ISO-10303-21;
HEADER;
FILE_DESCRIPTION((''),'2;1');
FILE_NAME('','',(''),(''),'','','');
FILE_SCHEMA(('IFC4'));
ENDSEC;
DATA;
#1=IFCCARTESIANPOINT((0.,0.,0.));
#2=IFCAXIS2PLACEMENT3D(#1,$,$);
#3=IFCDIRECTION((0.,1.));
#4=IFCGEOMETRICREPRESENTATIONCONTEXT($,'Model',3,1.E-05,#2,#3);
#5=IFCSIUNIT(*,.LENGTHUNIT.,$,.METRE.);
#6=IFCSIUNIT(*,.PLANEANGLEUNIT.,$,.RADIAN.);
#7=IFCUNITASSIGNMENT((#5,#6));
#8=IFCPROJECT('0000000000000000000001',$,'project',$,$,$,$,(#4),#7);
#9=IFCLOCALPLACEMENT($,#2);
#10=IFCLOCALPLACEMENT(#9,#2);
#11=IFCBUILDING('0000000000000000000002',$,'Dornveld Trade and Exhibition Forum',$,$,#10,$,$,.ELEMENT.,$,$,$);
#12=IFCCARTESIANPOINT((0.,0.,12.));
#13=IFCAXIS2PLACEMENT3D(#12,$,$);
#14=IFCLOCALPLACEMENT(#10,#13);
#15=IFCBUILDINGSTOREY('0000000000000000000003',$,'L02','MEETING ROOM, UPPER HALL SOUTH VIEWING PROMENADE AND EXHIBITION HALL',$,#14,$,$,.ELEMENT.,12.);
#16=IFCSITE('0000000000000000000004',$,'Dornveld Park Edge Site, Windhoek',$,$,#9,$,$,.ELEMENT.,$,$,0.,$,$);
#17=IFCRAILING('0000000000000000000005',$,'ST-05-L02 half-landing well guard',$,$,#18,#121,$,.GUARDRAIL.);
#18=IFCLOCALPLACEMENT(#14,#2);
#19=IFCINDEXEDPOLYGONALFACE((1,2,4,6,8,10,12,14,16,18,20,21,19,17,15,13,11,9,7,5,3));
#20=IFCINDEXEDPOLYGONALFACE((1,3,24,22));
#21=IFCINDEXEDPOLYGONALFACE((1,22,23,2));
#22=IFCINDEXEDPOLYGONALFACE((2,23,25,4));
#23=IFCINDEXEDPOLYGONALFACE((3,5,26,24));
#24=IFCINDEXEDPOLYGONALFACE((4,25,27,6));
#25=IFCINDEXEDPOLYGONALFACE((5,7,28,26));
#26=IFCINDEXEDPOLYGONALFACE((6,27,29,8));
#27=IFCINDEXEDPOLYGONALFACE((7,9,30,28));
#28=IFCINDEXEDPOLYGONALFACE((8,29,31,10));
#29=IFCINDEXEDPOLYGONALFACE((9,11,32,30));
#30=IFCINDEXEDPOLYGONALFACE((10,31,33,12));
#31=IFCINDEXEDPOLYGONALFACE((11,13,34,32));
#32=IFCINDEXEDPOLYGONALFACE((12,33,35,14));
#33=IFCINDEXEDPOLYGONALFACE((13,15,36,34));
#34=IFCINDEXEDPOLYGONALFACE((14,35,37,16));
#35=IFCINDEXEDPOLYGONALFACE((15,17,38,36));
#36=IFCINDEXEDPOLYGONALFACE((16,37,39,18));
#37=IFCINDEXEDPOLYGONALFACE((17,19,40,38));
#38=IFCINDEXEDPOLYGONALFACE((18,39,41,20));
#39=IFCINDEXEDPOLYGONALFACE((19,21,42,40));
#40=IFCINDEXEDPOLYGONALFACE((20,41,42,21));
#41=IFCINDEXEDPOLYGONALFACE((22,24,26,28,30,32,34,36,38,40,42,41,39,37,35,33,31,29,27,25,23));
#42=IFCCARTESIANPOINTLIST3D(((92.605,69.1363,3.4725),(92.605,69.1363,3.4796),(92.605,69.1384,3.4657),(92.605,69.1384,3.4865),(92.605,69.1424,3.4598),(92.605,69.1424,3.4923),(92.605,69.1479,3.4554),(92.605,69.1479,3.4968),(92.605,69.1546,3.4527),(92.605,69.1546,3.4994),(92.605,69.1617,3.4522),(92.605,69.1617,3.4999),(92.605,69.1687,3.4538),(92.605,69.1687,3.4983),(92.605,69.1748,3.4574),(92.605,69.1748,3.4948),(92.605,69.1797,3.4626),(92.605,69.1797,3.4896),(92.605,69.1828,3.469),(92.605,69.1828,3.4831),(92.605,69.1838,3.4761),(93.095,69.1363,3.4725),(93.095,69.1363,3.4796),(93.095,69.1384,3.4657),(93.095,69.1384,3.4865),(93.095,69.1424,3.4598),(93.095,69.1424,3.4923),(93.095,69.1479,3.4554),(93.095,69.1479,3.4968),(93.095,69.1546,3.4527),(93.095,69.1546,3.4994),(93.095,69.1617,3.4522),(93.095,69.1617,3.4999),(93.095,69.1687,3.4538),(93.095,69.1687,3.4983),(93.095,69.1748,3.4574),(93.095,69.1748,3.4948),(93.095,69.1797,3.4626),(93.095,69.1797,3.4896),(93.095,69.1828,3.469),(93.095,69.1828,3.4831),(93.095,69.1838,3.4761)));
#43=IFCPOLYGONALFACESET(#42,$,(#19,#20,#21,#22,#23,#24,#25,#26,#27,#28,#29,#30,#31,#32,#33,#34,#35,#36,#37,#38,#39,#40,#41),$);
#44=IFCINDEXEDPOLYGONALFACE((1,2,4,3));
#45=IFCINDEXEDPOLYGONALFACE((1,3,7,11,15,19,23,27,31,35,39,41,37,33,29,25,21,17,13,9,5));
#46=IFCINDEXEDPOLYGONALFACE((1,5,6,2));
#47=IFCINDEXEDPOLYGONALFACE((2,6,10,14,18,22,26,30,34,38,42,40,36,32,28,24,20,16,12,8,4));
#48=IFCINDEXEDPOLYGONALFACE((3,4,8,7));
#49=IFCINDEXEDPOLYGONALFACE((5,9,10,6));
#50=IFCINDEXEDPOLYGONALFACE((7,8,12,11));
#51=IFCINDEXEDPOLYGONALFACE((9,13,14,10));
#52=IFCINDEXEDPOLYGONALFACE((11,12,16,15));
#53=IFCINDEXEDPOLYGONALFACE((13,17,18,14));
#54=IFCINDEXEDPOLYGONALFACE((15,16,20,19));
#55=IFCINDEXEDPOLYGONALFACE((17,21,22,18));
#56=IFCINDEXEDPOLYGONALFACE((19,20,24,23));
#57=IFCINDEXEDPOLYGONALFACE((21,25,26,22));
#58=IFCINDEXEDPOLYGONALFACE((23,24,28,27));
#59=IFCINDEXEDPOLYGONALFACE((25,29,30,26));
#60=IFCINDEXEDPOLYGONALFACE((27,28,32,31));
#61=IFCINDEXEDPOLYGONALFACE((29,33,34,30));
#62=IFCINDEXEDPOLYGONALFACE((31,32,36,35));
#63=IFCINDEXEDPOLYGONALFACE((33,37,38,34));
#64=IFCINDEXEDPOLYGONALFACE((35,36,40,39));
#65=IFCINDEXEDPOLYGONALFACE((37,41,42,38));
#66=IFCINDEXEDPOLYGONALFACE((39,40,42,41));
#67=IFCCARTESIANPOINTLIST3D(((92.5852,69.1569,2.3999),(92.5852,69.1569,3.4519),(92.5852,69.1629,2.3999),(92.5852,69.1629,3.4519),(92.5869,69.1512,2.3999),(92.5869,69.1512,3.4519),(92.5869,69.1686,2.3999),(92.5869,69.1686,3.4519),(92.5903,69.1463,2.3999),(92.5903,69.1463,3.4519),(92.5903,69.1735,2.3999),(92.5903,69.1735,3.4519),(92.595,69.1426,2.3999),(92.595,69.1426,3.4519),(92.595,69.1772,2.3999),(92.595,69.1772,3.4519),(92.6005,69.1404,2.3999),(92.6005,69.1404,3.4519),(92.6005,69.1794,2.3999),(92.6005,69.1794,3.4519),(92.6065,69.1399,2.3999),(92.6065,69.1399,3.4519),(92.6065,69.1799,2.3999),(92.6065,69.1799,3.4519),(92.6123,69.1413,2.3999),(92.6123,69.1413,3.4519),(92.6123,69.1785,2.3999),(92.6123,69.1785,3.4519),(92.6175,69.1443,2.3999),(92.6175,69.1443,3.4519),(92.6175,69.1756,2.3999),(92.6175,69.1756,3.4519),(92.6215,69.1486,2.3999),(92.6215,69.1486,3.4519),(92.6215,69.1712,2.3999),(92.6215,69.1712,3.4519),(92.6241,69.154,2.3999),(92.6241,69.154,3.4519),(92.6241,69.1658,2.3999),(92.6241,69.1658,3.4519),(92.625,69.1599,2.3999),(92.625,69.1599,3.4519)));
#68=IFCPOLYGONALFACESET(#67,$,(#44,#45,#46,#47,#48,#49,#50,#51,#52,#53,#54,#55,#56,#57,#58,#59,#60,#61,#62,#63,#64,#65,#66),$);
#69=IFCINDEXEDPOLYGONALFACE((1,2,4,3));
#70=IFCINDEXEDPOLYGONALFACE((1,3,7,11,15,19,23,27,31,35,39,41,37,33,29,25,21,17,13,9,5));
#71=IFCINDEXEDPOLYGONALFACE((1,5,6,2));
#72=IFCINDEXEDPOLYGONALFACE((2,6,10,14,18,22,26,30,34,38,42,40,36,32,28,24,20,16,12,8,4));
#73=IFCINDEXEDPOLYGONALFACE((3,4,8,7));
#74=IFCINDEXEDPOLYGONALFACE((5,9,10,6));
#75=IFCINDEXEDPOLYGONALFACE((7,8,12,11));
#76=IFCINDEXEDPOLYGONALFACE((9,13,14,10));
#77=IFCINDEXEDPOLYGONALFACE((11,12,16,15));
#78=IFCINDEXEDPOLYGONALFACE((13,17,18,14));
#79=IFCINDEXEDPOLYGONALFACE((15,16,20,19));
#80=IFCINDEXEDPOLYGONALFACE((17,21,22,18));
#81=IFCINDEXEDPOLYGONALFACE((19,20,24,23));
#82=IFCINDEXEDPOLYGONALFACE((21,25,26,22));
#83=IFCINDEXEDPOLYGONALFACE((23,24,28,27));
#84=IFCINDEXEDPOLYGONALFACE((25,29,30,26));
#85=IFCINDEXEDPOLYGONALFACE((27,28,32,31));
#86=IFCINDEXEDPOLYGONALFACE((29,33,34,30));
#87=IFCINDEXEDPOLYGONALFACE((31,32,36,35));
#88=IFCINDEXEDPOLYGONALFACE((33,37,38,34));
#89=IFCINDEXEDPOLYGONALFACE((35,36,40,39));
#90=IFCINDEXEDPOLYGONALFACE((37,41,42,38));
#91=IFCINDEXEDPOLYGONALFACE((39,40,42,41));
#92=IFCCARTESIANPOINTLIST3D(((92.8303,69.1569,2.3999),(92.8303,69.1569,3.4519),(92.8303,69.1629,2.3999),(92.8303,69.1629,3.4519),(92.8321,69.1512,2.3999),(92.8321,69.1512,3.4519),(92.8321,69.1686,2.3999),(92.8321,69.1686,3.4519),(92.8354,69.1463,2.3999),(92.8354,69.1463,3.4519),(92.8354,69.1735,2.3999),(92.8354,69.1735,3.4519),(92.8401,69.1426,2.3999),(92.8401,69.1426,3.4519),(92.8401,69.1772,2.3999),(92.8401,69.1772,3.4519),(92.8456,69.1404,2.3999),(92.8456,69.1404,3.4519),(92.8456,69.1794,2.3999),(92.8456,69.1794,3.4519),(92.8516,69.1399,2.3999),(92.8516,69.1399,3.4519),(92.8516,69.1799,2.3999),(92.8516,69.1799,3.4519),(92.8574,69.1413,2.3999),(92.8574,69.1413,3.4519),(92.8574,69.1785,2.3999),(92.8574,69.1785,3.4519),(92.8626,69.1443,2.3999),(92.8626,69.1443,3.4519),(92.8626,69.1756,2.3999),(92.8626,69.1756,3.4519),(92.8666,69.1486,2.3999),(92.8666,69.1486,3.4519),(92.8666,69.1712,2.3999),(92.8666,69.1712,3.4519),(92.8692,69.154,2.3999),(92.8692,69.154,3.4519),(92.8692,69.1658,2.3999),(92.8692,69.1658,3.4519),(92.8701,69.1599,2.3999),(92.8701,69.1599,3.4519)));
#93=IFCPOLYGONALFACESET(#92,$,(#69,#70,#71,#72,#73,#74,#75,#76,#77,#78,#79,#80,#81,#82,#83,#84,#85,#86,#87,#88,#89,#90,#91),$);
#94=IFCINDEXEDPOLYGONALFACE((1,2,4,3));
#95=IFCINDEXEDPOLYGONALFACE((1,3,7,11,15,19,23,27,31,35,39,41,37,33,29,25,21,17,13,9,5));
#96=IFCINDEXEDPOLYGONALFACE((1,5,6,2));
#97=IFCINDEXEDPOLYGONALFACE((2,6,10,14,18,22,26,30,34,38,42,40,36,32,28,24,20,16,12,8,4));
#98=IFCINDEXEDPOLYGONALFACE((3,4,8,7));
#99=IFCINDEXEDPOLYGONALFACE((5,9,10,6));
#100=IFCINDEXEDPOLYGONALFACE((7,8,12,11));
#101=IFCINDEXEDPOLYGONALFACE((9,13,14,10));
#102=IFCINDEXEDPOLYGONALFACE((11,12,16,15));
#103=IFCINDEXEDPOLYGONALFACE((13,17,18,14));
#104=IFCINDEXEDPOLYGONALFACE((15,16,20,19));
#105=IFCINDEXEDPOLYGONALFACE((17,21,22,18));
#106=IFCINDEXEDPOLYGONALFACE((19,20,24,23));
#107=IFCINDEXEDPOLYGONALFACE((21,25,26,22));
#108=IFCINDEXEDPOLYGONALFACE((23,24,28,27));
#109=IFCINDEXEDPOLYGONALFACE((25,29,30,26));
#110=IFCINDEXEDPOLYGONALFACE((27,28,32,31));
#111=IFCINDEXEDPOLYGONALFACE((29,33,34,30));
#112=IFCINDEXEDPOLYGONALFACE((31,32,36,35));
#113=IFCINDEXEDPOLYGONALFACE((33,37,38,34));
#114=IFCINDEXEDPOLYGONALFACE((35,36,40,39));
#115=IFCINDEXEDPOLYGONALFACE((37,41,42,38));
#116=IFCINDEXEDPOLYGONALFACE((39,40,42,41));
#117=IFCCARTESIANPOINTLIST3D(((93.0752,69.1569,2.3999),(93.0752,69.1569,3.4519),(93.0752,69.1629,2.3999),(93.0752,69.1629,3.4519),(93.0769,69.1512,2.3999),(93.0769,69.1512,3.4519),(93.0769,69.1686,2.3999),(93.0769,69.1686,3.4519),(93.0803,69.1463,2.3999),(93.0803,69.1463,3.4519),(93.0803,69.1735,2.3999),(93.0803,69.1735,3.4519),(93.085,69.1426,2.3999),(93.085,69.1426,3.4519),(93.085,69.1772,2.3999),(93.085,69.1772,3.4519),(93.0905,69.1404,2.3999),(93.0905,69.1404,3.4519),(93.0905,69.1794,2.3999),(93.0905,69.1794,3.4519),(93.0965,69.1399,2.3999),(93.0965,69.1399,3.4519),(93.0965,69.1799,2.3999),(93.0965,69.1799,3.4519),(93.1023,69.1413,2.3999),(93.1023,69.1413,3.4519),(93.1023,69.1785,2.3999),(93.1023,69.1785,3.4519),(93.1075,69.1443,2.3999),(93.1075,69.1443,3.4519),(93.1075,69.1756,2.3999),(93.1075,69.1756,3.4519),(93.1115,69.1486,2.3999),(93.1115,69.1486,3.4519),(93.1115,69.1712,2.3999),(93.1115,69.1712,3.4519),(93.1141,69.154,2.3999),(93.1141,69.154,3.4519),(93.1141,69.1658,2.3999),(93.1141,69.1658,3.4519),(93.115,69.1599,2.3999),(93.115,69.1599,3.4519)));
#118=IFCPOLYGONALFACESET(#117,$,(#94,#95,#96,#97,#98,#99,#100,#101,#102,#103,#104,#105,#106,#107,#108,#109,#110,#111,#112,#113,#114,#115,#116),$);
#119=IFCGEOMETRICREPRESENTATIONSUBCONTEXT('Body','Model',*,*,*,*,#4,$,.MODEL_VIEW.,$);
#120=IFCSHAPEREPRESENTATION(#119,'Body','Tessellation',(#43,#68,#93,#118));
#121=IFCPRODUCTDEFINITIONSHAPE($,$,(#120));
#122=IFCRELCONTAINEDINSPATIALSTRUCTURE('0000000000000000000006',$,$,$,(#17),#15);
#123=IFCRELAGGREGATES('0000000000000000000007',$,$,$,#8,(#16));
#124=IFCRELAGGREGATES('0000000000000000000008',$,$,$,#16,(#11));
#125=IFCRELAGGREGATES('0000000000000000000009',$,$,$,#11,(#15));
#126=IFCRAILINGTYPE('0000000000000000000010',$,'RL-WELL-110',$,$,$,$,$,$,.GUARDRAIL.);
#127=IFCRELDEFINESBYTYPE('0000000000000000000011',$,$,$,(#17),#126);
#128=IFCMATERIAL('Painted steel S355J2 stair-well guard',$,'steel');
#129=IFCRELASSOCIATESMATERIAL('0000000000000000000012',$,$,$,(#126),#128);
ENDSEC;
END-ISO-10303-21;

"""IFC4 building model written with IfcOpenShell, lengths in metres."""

from ifc_helpers import new_model, si_unit, direction, frame, origin, origin_2d, place, context, subcontext, project, spatial, circle, extrude, material, type_object, element, save


model = new_model("IFC4")

# Units and contexts
model_context = context("Model", 3, precision=1e-05, world=origin(), true_north=direction((0.0, 1.0)))
body_context = subcontext(model_context, "Body", "Model", "MODEL_VIEW")
ifc_project = project(units=[si_unit("LENGTHUNIT", "METRE"), si_unit("PLANEANGLEUNIT", "RADIAN")], contexts=[model_context])

# Site, building, storey
site_placement = place(None, origin())
site = spatial("IfcSite", under=ifc_project, at=site_placement, Name="Dornveld Park Edge Site, Windhoek", CompositionType="ELEMENT", RefElevation=0.0)
building_placement = place(site_placement, origin())
building = spatial("IfcBuilding", under=site, at=building_placement, Name="Dornveld Trade and Exhibition Forum", CompositionType="ELEMENT")
storey_placement = place(building_placement, frame((0.0, 0.0, 12.0)))
storey = spatial("IfcBuildingStorey", under=building, at=storey_placement, Name="L02", Description="MEETING ROOM, UPPER HALL SOUTH VIEWING PROMENADE AND EXHIBITION HALL", CompositionType="ELEMENT", Elevation=12.0)

# Railing
ifc_material_1 = material(Name="Painted steel S355J2 stair-well guard", Category="steel")
railing_type_1 = type_object("IfcRailingType", Name="RL-WELL-110", PredefinedType="GUARDRAIL", material=ifc_material_1)
railing_1_placement = place(storey_placement, frame((92.605, 69.1599, 2.3999)))
element("IfcRailing", 1, at=railing_1_placement, inside=storey, type_object=railing_type_1, Name="ST-05-L02 half-landing well guard", PredefinedType="GUARDRAIL", context=body_context, shape_type="SweptSolid", body=[
    extrude(circle(Radius=0.0239, at=origin_2d()), frame((0.0, 0.0, 1.0762), z_axis=(1.0, 0.0, 0.0), x_axis=(0.0, 1.0, 0.0)), (0.0, 0.0, 1.0), 0.49),
    extrude(circle(Radius=0.02, at=origin_2d()), origin(), (0.0, 0.0, 1.0), 1.052),
    extrude(circle(Radius=0.02, at=origin_2d()), frame((0.2451, 0.0, 0.0)), (0.0, 0.0, 1.0), 1.052),
    extrude(circle(Radius=0.02, at=origin_2d()), frame((0.49, 0.0, 0.0)), (0.0, 0.0, 1.0), 1.052),
])

save(model, "model.ifc")
